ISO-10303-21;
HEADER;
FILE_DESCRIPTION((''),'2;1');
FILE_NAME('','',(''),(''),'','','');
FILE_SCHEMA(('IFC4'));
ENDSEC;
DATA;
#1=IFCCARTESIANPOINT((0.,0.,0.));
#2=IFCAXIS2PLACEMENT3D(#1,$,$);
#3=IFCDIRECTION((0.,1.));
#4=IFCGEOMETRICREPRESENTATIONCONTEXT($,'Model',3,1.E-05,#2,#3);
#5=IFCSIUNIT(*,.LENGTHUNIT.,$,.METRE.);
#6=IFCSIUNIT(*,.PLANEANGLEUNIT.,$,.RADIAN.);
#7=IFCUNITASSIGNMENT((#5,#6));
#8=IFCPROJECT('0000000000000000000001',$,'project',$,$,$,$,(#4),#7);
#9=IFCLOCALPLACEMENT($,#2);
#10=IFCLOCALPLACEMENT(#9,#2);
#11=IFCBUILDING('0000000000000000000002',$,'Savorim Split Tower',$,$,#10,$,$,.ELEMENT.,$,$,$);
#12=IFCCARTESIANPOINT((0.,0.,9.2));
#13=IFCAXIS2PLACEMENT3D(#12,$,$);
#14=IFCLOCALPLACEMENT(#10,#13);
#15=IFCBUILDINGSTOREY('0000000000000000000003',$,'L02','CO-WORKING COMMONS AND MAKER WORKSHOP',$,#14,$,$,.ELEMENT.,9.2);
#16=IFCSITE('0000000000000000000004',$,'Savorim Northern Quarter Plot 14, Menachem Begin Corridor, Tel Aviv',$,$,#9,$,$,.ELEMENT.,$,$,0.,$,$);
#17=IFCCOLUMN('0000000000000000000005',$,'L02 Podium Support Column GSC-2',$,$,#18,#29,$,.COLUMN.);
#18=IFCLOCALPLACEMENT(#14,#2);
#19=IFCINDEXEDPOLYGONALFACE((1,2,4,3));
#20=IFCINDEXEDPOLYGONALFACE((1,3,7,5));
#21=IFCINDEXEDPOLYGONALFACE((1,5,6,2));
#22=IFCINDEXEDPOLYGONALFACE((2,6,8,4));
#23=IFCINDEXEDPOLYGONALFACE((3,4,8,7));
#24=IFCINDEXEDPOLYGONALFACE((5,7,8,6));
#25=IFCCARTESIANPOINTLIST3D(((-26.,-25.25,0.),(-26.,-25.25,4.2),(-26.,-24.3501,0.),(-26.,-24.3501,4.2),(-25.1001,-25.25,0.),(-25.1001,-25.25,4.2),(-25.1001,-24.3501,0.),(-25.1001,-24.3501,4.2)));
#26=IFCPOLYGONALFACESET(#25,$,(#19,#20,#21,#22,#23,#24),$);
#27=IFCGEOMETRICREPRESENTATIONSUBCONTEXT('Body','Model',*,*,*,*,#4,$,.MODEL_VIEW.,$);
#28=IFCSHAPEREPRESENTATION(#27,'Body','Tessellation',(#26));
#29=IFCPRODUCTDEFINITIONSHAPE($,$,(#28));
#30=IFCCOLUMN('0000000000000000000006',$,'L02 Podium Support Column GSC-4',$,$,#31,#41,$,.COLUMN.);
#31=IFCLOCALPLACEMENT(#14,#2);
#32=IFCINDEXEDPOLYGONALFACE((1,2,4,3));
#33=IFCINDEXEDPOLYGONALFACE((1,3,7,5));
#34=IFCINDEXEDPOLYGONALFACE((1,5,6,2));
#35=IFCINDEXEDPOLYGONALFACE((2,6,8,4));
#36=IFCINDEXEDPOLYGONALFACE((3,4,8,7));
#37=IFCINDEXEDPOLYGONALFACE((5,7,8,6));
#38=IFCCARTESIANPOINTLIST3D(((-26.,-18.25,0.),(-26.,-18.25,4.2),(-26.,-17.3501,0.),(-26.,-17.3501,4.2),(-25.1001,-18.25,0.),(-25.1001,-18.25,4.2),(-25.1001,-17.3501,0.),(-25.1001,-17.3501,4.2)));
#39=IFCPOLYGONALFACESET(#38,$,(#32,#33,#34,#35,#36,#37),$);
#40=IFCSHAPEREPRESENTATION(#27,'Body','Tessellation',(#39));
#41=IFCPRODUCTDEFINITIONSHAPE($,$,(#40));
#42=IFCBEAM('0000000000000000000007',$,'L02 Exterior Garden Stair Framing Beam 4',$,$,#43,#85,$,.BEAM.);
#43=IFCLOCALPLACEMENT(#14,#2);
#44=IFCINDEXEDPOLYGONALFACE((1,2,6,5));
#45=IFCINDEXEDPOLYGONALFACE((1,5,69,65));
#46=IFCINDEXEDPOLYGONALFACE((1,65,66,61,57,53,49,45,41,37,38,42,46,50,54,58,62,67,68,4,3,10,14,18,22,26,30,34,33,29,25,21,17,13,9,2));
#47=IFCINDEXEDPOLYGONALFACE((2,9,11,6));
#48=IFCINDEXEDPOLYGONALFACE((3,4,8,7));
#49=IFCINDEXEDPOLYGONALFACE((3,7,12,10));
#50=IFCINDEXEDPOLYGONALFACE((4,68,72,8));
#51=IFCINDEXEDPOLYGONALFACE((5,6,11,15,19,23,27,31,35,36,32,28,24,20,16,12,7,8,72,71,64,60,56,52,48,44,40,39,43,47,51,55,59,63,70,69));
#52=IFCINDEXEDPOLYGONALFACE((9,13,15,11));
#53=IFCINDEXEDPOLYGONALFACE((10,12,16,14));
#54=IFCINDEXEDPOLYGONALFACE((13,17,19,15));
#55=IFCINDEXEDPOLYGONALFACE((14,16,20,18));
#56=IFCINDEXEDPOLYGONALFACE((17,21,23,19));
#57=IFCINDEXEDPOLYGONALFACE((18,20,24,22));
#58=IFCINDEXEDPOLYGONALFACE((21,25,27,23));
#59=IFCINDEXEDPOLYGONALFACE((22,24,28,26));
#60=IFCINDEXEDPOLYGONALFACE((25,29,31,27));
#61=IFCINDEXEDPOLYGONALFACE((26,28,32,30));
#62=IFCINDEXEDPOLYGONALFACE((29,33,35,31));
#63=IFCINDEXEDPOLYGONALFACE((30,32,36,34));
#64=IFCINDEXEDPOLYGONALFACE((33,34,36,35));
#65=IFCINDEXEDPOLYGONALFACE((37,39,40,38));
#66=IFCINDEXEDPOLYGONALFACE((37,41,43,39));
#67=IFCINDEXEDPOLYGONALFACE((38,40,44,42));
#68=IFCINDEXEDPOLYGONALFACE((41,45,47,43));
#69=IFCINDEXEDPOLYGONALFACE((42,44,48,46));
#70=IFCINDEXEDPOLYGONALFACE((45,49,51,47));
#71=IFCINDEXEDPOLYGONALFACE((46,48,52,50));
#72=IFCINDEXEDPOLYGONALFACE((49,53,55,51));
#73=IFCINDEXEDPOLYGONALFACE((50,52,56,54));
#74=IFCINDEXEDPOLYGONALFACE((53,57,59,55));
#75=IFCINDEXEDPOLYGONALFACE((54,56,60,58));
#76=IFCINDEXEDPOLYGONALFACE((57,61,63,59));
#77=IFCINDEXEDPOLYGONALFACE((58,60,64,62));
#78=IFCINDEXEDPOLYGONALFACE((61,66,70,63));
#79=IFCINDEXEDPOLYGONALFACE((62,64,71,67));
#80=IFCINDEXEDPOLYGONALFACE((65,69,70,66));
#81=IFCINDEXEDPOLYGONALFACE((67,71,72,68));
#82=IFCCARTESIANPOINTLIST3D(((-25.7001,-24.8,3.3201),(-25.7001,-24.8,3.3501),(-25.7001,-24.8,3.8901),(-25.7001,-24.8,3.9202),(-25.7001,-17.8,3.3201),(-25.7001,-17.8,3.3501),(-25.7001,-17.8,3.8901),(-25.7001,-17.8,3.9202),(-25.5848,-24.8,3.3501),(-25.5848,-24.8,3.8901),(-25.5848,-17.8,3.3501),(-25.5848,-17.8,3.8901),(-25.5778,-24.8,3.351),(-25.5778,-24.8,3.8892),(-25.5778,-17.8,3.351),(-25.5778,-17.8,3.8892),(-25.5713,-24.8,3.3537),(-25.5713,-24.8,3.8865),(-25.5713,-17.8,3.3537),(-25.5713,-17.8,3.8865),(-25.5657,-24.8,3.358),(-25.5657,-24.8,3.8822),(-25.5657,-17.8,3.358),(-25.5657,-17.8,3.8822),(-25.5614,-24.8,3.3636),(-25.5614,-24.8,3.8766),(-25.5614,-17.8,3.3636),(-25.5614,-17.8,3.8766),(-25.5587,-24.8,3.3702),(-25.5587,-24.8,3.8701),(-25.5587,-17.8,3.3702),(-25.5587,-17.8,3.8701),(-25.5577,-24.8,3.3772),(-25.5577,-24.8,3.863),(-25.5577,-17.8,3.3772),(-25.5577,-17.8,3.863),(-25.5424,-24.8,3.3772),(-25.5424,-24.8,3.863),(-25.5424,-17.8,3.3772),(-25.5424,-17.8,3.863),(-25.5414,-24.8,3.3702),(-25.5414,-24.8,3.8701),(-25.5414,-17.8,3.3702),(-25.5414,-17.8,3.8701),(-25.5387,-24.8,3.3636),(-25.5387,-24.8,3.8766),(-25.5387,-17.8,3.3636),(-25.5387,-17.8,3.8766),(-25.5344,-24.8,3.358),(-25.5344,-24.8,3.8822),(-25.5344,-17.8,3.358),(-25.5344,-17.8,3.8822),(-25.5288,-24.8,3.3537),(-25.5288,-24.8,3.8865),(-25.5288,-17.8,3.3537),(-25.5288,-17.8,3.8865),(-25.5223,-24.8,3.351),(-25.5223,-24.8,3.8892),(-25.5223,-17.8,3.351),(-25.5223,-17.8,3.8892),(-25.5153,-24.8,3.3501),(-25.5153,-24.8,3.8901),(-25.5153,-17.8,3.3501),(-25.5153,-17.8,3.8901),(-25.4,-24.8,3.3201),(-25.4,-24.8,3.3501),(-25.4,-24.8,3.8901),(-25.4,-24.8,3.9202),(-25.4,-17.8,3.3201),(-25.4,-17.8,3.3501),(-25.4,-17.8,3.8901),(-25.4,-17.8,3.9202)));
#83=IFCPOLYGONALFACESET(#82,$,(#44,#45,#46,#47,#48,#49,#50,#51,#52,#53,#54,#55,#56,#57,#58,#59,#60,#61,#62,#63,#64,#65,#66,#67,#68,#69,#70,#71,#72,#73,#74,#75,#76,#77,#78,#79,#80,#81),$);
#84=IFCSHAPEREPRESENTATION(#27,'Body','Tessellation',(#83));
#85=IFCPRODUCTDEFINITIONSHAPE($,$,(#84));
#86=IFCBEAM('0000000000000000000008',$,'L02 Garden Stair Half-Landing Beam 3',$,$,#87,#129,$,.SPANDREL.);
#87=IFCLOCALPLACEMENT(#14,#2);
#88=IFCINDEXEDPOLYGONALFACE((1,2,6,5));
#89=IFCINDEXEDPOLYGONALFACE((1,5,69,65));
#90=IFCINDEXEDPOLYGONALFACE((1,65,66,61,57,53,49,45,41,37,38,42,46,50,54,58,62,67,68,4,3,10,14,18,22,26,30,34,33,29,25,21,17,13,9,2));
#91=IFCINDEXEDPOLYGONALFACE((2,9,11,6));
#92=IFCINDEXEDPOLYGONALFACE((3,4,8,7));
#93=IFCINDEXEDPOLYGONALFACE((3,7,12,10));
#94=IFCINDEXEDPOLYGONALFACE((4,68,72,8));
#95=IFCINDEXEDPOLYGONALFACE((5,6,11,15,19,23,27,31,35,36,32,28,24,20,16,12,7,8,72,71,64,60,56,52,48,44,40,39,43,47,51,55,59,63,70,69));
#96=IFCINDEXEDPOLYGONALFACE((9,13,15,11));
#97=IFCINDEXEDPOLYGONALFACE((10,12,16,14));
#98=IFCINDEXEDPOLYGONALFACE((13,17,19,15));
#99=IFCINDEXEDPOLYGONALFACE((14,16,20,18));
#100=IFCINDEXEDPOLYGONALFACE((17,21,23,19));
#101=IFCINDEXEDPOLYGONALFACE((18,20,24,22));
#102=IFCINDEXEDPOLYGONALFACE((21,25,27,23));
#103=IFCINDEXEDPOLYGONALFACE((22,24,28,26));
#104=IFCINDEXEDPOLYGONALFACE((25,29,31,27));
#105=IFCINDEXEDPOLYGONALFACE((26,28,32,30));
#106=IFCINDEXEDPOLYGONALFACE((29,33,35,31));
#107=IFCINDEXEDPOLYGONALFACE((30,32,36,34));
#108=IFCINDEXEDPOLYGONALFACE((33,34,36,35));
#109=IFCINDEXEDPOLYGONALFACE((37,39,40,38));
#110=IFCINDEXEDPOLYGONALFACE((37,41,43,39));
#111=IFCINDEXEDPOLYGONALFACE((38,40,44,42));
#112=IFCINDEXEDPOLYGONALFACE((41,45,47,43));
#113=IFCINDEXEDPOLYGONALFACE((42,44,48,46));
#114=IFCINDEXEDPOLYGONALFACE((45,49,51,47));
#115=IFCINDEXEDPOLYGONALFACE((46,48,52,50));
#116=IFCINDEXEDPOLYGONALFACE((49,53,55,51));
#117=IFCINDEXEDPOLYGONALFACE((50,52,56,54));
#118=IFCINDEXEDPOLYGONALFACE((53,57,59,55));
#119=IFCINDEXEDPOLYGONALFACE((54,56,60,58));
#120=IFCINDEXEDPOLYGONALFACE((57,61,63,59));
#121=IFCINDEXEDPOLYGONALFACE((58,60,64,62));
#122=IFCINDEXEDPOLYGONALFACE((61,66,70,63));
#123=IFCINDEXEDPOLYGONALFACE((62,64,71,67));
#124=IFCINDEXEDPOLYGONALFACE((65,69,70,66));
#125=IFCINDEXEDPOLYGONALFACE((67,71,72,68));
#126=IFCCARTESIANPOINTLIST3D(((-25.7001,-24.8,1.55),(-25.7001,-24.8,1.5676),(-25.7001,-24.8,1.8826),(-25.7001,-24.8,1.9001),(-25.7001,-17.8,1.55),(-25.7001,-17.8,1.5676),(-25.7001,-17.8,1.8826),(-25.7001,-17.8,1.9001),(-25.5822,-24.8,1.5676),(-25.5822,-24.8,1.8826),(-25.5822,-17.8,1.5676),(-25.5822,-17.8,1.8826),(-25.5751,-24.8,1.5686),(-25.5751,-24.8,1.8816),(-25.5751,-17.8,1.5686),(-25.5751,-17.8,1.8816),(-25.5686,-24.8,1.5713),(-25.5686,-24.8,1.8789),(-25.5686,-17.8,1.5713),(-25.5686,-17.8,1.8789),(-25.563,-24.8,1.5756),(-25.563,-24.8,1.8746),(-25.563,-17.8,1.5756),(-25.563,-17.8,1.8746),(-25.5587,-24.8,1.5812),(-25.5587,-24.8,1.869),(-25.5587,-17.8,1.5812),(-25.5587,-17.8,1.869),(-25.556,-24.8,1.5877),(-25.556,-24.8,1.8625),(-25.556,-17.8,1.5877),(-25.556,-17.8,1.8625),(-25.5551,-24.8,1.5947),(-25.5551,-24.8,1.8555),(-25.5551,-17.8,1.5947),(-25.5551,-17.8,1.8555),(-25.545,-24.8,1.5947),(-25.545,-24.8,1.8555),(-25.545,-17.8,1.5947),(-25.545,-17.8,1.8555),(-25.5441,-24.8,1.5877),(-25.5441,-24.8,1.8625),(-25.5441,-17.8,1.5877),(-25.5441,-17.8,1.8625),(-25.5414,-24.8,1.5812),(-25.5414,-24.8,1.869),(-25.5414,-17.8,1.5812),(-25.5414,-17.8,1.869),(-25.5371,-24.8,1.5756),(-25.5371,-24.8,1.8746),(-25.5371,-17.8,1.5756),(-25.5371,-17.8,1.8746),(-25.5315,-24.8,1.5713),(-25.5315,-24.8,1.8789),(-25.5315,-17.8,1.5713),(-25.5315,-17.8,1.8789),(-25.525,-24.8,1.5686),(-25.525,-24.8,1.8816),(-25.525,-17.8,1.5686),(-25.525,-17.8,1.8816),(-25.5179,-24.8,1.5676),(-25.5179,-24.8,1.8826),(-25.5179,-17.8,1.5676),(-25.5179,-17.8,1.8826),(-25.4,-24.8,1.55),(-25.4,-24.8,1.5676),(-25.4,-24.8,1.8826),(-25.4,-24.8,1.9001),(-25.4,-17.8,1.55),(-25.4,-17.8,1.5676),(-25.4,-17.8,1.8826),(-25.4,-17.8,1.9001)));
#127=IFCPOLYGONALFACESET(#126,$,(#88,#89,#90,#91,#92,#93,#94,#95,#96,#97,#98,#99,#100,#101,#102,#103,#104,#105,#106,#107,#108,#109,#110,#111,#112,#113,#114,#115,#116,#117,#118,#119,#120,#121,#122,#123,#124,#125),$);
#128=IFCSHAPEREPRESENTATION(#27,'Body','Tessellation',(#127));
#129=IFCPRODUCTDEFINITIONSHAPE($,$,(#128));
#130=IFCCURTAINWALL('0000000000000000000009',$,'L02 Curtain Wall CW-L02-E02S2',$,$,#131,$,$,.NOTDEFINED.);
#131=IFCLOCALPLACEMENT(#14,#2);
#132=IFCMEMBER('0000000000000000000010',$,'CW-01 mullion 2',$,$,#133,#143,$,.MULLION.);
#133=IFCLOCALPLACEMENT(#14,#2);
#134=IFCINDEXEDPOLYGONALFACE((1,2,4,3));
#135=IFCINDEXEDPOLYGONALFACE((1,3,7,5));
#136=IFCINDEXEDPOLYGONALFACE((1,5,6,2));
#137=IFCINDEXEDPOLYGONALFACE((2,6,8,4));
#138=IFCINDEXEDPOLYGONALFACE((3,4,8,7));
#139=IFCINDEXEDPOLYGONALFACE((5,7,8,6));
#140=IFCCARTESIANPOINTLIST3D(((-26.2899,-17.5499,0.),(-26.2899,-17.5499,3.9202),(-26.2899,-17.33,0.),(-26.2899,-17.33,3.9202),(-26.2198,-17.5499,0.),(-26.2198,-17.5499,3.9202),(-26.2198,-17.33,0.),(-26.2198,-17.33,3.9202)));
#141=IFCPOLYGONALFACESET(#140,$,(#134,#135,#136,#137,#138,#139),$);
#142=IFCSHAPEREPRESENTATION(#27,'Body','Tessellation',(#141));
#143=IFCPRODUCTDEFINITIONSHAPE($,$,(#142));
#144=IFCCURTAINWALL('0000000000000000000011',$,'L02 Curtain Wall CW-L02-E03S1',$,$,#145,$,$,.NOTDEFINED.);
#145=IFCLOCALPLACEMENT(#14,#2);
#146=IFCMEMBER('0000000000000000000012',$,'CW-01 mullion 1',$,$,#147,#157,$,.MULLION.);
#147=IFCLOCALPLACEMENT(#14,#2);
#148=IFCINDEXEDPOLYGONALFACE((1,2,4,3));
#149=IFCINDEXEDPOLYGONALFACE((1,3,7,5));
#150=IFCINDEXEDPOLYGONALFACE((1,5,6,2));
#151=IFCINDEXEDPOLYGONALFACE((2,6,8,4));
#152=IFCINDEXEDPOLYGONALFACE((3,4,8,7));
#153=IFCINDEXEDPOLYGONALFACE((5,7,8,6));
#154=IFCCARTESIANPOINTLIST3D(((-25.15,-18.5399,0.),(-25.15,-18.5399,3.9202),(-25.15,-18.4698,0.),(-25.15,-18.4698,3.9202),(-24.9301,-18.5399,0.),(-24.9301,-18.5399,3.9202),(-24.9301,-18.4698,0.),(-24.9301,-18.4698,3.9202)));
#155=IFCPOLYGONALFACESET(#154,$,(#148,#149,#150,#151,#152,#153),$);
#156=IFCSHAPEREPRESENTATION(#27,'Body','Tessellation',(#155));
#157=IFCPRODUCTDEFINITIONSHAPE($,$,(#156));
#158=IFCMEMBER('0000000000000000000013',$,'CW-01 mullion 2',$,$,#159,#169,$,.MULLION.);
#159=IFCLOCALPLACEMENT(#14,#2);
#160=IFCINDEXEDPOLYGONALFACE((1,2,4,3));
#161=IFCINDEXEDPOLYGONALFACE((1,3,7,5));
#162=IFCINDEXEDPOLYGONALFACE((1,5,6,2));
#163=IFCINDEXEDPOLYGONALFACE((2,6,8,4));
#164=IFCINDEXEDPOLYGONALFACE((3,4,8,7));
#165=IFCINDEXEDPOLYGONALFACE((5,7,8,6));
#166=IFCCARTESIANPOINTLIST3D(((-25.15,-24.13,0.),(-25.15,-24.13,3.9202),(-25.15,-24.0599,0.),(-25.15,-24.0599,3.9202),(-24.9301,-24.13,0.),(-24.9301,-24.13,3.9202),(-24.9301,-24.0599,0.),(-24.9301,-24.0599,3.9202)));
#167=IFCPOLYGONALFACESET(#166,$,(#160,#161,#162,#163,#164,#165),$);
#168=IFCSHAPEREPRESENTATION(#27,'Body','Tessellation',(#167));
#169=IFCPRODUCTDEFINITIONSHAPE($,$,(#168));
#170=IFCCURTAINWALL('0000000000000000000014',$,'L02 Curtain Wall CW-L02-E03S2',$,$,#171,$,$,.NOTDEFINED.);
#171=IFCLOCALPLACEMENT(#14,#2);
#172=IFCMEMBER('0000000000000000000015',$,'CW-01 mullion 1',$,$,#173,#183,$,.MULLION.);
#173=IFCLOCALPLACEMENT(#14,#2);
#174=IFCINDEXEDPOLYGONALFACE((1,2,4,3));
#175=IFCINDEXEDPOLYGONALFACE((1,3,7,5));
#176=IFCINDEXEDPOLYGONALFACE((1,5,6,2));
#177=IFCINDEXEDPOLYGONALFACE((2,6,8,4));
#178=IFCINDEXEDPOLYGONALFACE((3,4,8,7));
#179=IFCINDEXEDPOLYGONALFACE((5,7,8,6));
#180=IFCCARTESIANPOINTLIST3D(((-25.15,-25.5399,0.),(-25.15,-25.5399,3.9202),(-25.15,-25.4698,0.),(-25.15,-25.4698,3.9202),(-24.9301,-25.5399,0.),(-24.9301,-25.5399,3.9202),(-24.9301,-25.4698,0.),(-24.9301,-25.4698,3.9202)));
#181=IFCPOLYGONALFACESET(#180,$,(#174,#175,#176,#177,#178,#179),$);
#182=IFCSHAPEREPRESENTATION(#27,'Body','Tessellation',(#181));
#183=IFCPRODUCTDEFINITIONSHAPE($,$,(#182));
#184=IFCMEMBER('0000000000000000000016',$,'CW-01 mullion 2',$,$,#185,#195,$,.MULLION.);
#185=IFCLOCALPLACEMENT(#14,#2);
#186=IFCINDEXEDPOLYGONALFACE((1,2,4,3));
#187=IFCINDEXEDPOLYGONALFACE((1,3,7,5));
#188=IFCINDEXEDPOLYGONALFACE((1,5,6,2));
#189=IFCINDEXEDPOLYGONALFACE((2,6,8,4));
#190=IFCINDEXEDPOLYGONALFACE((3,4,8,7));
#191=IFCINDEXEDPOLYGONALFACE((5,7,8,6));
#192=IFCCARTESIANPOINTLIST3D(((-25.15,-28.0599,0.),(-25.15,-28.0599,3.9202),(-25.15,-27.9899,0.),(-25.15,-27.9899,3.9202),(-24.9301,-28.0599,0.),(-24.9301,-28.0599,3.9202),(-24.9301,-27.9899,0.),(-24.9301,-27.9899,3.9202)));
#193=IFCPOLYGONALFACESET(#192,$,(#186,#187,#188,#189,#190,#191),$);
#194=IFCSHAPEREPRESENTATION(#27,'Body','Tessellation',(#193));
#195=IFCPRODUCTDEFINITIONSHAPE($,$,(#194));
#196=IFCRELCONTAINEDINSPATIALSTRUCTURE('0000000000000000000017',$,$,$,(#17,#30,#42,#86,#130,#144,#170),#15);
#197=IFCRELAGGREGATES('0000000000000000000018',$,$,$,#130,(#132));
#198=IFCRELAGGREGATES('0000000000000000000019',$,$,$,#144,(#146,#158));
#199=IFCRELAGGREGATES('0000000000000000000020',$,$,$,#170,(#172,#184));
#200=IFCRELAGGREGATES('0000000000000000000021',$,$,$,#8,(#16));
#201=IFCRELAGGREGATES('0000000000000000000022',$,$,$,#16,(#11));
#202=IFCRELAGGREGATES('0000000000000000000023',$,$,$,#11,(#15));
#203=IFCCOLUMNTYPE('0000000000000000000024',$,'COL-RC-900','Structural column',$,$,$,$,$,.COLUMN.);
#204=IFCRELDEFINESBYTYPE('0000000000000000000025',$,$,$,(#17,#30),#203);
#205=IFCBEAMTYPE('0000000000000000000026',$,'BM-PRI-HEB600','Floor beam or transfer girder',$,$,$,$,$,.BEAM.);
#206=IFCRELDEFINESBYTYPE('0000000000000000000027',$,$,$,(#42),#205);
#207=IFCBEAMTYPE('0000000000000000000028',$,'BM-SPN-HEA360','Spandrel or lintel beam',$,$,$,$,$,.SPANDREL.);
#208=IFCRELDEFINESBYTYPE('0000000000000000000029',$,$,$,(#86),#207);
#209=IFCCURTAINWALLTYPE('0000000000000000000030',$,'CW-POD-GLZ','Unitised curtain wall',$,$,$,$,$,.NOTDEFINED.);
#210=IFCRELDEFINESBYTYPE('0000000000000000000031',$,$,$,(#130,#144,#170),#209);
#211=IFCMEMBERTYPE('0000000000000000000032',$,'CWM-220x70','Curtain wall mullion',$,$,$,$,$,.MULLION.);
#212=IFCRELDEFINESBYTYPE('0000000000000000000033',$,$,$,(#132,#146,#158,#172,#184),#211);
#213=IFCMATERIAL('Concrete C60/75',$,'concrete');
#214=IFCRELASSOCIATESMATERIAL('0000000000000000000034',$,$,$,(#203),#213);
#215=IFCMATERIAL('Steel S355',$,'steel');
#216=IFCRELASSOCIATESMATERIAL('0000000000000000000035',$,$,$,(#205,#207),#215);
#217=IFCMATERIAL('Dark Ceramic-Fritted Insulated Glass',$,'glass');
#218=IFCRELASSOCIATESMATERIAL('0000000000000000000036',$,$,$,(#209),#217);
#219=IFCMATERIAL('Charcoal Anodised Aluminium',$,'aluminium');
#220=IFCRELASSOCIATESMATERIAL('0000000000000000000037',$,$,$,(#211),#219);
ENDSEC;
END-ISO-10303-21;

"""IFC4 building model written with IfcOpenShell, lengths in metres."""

from ifc_helpers import new_model, si_unit, direction, frame, origin, origin_2d, place, context, subcontext, project, spatial, rectangle, i_section, extrude, material, material_profile, profile_set, type_object, element, aggregate, save


model = new_model("IFC4")

# Units and contexts
model_context = context("Model", 3, precision=1e-05, world=origin(), true_north=direction((0.0, 1.0)))
body_context = subcontext(model_context, "Body", "Model", "MODEL_VIEW")
ifc_project = project(units=[si_unit("LENGTHUNIT", "METRE"), si_unit("PLANEANGLEUNIT", "RADIAN")], contexts=[model_context])

# Site, building, storey
site_placement = place(None, origin())
site = spatial("IfcSite", under=ifc_project, at=site_placement, Name="Savorim Northern Quarter Plot 14, Menachem Begin Corridor, Tel Aviv", CompositionType="ELEMENT", RefElevation=0.0)
building_placement = place(site_placement, origin())
building = spatial("IfcBuilding", under=site, at=building_placement, Name="Savorim Split Tower", CompositionType="ELEMENT")
storey_placement = place(building_placement, frame((0.0, 0.0, 9.2)))
storey = spatial("IfcBuildingStorey", under=building, at=storey_placement, Name="L02", Description="CO-WORKING COMMONS AND MAKER WORKSHOP", CompositionType="ELEMENT", Elevation=9.2)

# Columns
ifc_material_1 = material(Name="Concrete C60/75", Category="concrete")
ifc_material_profile_1 = material_profile(ifc_material_1, rectangle(XDim=0.8999, YDim=0.8999, at=origin_2d()), Name="RC 900x900")
ifc_profile_set_1 = profile_set([ifc_material_profile_1], Name="Concrete C60/75")
column_type = type_object("IfcColumnType", Name="COL-RC-900", Description="Structural column", PredefinedType="COLUMN", material=ifc_profile_set_1)
for number, where, z_axis, x_axis, name in (
    (1, (-25.55, -24.8, 0.0), (0.0, 0.0, 1.0), (1.0, 0.0, 0.0), "L02 Podium Support Column GSC-2"),
    (2, (-25.55, -17.8, 0.0), (0.0, 0.0, 1.0), (1.0, 0.0, 0.0), "L02 Podium Support Column GSC-4"),
):
    element("IfcColumn", number, at=place(storey_placement, frame(where, z_axis=z_axis, x_axis=x_axis)), inside=storey, type_object=column_type, Name=name, PredefinedType="COLUMN", context=body_context, shape_type="SweptSolid", body=[
        extrude(rectangle(XDim=0.8999, YDim=0.8999, at=origin_2d()), origin(), (0.0, 0.0, 1.0), 4.2),
    ])

# Beams
ifc_material_2 = material(Name="Steel S355", Category="steel")
ifc_material_profile_2 = material_profile(ifc_material_2, i_section(OverallWidth=0.3, OverallDepth=0.6001, WebThickness=0.0154, FlangeThickness=0.03, FilletRadius=0.0271, at=origin_2d()), Name="HEB 600")
ifc_profile_set_2 = profile_set([ifc_material_profile_2], Name="Steel S355")
beam_type_1 = type_object("IfcBeamType", Name="BM-PRI-HEB600", Description="Floor beam or transfer girder", PredefinedType="BEAM", material=ifc_profile_set_2)
beam_1_placement = place(storey_placement, frame((-25.55, -24.8, 3.6201), z_axis=(0.0, 1.0, 0.0), x_axis=(-1.0, 0.0, 0.0)))
element("IfcBeam", 3, at=beam_1_placement, inside=storey, type_object=beam_type_1, Name="L02 Exterior Garden Stair Framing Beam 4", PredefinedType="BEAM", context=body_context, shape_type="SweptSolid", body=[
    extrude(i_section(OverallWidth=0.3, OverallDepth=0.6001, WebThickness=0.0154, FlangeThickness=0.03, FilletRadius=0.0271, at=origin_2d()), origin(), (0.0, 0.0, 1.0), 7.0),
])
ifc_material_profile_3 = material_profile(ifc_material_2, i_section(OverallWidth=0.3, OverallDepth=0.3501, WebThickness=0.01, FlangeThickness=0.0176, FilletRadius=0.0271, at=origin_2d()), Name="HEA 360")
ifc_profile_set_3 = profile_set([ifc_material_profile_3], Name="Steel S355")
beam_type_2 = type_object("IfcBeamType", Name="BM-SPN-HEA360", Description="Spandrel or lintel beam", PredefinedType="SPANDREL", material=ifc_profile_set_3)
beam_2_placement = place(storey_placement, frame((-25.55, -24.8, 1.7251), z_axis=(0.0, 1.0, 0.0), x_axis=(-1.0, 0.0, 0.0)))
element("IfcBeam", 4, at=beam_2_placement, inside=storey, type_object=beam_type_2, Name="L02 Garden Stair Half-Landing Beam 3", PredefinedType="SPANDREL", context=body_context, shape_type="SweptSolid", body=[
    extrude(i_section(OverallWidth=0.3, OverallDepth=0.3501, WebThickness=0.01, FlangeThickness=0.0176, FilletRadius=0.0271, at=origin_2d()), origin(), (0.0, 0.0, 1.0), 7.0),
])

# Curtain wall, member
ifc_material_3 = material(Name="Dark Ceramic-Fritted Insulated Glass", Category="glass")
curtain_wall_type = type_object("IfcCurtainWallType", Name="CW-POD-GLZ", Description="Unitised curtain wall", PredefinedType="NOTDEFINED", material=ifc_material_3)
curtain_wall_1_placement = place(storey_placement, origin())
curtain_wall_1 = element("IfcCurtainWall", 5, at=curtain_wall_1_placement, inside=storey, type_object=curtain_wall_type, Name="L02 Curtain Wall CW-L02-E02S2", PredefinedType="NOTDEFINED")
ifc_material_4 = material(Name="Charcoal Anodised Aluminium", Category="aluminium")
ifc_material_profile_4 = material_profile(ifc_material_4, rectangle(XDim=0.22, YDim=0.0701, at=origin_2d()), Name="ALU-M 220x70")
ifc_profile_set_4 = profile_set([ifc_material_profile_4], Name="Charcoal Anodised Aluminium")
member_type_1 = type_object("IfcMemberType", Name="CWM-220x70", Description="Curtain wall mullion", PredefinedType="MULLION", material=ifc_profile_set_4)
member_1_placement = place(storey_placement, frame((-26.2549, -17.4399, 0.0), z_axis=(0.0, 0.0, 1.0), x_axis=(0.0, 1.0, 0.0)))
member_1 = element("IfcMember", 6, at=member_1_placement, type_object=member_type_1, Name="CW-01 mullion 2", PredefinedType="MULLION", context=body_context, shape_type="SweptSolid", body=[
    extrude(rectangle(XDim=0.22, YDim=0.0701, at=origin_2d()), origin(), (0.0, 0.0, 1.0), 3.9202),
])
aggregate(curtain_wall_1, [member_1])

# Curtain walls, members
curtain_wall_2_placement = place(storey_placement, origin())
curtain_wall_2 = element("IfcCurtainWall", 7, at=curtain_wall_2_placement, inside=storey, type_object=curtain_wall_type, Name="L02 Curtain Wall CW-L02-E03S1", PredefinedType="NOTDEFINED")
member_2_placement = place(storey_placement, frame((-25.04, -18.5049, 0.0), z_axis=(0.0, 0.0, 1.0), x_axis=(1.0, 0.0, 0.0)))
member_2 = element("IfcMember", 8, at=member_2_placement, type_object=member_type_1, Name="CW-01 mullion 1", PredefinedType="MULLION", context=body_context, shape_type="SweptSolid", body=[
    extrude(rectangle(XDim=0.22, YDim=0.0701, at=origin_2d()), origin(), (0.0, 0.0, 1.0), 3.9202),
])
member_3_placement = place(storey_placement, frame((-25.04, -24.095, 0.0), z_axis=(0.0, 0.0, 1.0), x_axis=(1.0, 0.0, 0.0)))
member_3 = element("IfcMember", 9, at=member_3_placement, type_object=member_type_1, Name="CW-01 mullion 2", PredefinedType="MULLION", context=body_context, shape_type="SweptSolid", body=[
    extrude(rectangle(XDim=0.22, YDim=0.0701, at=origin_2d()), origin(), (0.0, 0.0, 1.0), 3.9202),
])
curtain_wall_3_placement = place(storey_placement, origin())
curtain_wall_3 = element("IfcCurtainWall", 10, at=curtain_wall_3_placement, inside=storey, type_object=curtain_wall_type, Name="L02 Curtain Wall CW-L02-E03S2", PredefinedType="NOTDEFINED")
member_4_placement = place(storey_placement, frame((-25.04, -25.5049, 0.0), z_axis=(0.0, 0.0, 1.0), x_axis=(1.0, 0.0, 0.0)))
member_4 = element("IfcMember", 11, at=member_4_placement, type_object=member_type_1, Name="CW-01 mullion 1", PredefinedType="MULLION", context=body_context, shape_type="SweptSolid", body=[
    extrude(rectangle(XDim=0.22, YDim=0.0701, at=origin_2d()), origin(), (0.0, 0.0, 1.0), 3.9202),
])
member_5_placement = place(storey_placement, frame((-25.04, -28.0249, 0.0), z_axis=(0.0, 0.0, 1.0), x_axis=(1.0, 0.0, 0.0)))
member_5 = element("IfcMember", 12, at=member_5_placement, type_object=member_type_1, Name="CW-01 mullion 2", PredefinedType="MULLION", context=body_context, shape_type="SweptSolid", body=[
    extrude(rectangle(XDim=0.22, YDim=0.0701, at=origin_2d()), origin(), (0.0, 0.0, 1.0), 3.9202),
])

aggregate(curtain_wall_2, [member_2, member_3])
aggregate(curtain_wall_3, [member_4, member_5])

save(model, "model.ifc")
